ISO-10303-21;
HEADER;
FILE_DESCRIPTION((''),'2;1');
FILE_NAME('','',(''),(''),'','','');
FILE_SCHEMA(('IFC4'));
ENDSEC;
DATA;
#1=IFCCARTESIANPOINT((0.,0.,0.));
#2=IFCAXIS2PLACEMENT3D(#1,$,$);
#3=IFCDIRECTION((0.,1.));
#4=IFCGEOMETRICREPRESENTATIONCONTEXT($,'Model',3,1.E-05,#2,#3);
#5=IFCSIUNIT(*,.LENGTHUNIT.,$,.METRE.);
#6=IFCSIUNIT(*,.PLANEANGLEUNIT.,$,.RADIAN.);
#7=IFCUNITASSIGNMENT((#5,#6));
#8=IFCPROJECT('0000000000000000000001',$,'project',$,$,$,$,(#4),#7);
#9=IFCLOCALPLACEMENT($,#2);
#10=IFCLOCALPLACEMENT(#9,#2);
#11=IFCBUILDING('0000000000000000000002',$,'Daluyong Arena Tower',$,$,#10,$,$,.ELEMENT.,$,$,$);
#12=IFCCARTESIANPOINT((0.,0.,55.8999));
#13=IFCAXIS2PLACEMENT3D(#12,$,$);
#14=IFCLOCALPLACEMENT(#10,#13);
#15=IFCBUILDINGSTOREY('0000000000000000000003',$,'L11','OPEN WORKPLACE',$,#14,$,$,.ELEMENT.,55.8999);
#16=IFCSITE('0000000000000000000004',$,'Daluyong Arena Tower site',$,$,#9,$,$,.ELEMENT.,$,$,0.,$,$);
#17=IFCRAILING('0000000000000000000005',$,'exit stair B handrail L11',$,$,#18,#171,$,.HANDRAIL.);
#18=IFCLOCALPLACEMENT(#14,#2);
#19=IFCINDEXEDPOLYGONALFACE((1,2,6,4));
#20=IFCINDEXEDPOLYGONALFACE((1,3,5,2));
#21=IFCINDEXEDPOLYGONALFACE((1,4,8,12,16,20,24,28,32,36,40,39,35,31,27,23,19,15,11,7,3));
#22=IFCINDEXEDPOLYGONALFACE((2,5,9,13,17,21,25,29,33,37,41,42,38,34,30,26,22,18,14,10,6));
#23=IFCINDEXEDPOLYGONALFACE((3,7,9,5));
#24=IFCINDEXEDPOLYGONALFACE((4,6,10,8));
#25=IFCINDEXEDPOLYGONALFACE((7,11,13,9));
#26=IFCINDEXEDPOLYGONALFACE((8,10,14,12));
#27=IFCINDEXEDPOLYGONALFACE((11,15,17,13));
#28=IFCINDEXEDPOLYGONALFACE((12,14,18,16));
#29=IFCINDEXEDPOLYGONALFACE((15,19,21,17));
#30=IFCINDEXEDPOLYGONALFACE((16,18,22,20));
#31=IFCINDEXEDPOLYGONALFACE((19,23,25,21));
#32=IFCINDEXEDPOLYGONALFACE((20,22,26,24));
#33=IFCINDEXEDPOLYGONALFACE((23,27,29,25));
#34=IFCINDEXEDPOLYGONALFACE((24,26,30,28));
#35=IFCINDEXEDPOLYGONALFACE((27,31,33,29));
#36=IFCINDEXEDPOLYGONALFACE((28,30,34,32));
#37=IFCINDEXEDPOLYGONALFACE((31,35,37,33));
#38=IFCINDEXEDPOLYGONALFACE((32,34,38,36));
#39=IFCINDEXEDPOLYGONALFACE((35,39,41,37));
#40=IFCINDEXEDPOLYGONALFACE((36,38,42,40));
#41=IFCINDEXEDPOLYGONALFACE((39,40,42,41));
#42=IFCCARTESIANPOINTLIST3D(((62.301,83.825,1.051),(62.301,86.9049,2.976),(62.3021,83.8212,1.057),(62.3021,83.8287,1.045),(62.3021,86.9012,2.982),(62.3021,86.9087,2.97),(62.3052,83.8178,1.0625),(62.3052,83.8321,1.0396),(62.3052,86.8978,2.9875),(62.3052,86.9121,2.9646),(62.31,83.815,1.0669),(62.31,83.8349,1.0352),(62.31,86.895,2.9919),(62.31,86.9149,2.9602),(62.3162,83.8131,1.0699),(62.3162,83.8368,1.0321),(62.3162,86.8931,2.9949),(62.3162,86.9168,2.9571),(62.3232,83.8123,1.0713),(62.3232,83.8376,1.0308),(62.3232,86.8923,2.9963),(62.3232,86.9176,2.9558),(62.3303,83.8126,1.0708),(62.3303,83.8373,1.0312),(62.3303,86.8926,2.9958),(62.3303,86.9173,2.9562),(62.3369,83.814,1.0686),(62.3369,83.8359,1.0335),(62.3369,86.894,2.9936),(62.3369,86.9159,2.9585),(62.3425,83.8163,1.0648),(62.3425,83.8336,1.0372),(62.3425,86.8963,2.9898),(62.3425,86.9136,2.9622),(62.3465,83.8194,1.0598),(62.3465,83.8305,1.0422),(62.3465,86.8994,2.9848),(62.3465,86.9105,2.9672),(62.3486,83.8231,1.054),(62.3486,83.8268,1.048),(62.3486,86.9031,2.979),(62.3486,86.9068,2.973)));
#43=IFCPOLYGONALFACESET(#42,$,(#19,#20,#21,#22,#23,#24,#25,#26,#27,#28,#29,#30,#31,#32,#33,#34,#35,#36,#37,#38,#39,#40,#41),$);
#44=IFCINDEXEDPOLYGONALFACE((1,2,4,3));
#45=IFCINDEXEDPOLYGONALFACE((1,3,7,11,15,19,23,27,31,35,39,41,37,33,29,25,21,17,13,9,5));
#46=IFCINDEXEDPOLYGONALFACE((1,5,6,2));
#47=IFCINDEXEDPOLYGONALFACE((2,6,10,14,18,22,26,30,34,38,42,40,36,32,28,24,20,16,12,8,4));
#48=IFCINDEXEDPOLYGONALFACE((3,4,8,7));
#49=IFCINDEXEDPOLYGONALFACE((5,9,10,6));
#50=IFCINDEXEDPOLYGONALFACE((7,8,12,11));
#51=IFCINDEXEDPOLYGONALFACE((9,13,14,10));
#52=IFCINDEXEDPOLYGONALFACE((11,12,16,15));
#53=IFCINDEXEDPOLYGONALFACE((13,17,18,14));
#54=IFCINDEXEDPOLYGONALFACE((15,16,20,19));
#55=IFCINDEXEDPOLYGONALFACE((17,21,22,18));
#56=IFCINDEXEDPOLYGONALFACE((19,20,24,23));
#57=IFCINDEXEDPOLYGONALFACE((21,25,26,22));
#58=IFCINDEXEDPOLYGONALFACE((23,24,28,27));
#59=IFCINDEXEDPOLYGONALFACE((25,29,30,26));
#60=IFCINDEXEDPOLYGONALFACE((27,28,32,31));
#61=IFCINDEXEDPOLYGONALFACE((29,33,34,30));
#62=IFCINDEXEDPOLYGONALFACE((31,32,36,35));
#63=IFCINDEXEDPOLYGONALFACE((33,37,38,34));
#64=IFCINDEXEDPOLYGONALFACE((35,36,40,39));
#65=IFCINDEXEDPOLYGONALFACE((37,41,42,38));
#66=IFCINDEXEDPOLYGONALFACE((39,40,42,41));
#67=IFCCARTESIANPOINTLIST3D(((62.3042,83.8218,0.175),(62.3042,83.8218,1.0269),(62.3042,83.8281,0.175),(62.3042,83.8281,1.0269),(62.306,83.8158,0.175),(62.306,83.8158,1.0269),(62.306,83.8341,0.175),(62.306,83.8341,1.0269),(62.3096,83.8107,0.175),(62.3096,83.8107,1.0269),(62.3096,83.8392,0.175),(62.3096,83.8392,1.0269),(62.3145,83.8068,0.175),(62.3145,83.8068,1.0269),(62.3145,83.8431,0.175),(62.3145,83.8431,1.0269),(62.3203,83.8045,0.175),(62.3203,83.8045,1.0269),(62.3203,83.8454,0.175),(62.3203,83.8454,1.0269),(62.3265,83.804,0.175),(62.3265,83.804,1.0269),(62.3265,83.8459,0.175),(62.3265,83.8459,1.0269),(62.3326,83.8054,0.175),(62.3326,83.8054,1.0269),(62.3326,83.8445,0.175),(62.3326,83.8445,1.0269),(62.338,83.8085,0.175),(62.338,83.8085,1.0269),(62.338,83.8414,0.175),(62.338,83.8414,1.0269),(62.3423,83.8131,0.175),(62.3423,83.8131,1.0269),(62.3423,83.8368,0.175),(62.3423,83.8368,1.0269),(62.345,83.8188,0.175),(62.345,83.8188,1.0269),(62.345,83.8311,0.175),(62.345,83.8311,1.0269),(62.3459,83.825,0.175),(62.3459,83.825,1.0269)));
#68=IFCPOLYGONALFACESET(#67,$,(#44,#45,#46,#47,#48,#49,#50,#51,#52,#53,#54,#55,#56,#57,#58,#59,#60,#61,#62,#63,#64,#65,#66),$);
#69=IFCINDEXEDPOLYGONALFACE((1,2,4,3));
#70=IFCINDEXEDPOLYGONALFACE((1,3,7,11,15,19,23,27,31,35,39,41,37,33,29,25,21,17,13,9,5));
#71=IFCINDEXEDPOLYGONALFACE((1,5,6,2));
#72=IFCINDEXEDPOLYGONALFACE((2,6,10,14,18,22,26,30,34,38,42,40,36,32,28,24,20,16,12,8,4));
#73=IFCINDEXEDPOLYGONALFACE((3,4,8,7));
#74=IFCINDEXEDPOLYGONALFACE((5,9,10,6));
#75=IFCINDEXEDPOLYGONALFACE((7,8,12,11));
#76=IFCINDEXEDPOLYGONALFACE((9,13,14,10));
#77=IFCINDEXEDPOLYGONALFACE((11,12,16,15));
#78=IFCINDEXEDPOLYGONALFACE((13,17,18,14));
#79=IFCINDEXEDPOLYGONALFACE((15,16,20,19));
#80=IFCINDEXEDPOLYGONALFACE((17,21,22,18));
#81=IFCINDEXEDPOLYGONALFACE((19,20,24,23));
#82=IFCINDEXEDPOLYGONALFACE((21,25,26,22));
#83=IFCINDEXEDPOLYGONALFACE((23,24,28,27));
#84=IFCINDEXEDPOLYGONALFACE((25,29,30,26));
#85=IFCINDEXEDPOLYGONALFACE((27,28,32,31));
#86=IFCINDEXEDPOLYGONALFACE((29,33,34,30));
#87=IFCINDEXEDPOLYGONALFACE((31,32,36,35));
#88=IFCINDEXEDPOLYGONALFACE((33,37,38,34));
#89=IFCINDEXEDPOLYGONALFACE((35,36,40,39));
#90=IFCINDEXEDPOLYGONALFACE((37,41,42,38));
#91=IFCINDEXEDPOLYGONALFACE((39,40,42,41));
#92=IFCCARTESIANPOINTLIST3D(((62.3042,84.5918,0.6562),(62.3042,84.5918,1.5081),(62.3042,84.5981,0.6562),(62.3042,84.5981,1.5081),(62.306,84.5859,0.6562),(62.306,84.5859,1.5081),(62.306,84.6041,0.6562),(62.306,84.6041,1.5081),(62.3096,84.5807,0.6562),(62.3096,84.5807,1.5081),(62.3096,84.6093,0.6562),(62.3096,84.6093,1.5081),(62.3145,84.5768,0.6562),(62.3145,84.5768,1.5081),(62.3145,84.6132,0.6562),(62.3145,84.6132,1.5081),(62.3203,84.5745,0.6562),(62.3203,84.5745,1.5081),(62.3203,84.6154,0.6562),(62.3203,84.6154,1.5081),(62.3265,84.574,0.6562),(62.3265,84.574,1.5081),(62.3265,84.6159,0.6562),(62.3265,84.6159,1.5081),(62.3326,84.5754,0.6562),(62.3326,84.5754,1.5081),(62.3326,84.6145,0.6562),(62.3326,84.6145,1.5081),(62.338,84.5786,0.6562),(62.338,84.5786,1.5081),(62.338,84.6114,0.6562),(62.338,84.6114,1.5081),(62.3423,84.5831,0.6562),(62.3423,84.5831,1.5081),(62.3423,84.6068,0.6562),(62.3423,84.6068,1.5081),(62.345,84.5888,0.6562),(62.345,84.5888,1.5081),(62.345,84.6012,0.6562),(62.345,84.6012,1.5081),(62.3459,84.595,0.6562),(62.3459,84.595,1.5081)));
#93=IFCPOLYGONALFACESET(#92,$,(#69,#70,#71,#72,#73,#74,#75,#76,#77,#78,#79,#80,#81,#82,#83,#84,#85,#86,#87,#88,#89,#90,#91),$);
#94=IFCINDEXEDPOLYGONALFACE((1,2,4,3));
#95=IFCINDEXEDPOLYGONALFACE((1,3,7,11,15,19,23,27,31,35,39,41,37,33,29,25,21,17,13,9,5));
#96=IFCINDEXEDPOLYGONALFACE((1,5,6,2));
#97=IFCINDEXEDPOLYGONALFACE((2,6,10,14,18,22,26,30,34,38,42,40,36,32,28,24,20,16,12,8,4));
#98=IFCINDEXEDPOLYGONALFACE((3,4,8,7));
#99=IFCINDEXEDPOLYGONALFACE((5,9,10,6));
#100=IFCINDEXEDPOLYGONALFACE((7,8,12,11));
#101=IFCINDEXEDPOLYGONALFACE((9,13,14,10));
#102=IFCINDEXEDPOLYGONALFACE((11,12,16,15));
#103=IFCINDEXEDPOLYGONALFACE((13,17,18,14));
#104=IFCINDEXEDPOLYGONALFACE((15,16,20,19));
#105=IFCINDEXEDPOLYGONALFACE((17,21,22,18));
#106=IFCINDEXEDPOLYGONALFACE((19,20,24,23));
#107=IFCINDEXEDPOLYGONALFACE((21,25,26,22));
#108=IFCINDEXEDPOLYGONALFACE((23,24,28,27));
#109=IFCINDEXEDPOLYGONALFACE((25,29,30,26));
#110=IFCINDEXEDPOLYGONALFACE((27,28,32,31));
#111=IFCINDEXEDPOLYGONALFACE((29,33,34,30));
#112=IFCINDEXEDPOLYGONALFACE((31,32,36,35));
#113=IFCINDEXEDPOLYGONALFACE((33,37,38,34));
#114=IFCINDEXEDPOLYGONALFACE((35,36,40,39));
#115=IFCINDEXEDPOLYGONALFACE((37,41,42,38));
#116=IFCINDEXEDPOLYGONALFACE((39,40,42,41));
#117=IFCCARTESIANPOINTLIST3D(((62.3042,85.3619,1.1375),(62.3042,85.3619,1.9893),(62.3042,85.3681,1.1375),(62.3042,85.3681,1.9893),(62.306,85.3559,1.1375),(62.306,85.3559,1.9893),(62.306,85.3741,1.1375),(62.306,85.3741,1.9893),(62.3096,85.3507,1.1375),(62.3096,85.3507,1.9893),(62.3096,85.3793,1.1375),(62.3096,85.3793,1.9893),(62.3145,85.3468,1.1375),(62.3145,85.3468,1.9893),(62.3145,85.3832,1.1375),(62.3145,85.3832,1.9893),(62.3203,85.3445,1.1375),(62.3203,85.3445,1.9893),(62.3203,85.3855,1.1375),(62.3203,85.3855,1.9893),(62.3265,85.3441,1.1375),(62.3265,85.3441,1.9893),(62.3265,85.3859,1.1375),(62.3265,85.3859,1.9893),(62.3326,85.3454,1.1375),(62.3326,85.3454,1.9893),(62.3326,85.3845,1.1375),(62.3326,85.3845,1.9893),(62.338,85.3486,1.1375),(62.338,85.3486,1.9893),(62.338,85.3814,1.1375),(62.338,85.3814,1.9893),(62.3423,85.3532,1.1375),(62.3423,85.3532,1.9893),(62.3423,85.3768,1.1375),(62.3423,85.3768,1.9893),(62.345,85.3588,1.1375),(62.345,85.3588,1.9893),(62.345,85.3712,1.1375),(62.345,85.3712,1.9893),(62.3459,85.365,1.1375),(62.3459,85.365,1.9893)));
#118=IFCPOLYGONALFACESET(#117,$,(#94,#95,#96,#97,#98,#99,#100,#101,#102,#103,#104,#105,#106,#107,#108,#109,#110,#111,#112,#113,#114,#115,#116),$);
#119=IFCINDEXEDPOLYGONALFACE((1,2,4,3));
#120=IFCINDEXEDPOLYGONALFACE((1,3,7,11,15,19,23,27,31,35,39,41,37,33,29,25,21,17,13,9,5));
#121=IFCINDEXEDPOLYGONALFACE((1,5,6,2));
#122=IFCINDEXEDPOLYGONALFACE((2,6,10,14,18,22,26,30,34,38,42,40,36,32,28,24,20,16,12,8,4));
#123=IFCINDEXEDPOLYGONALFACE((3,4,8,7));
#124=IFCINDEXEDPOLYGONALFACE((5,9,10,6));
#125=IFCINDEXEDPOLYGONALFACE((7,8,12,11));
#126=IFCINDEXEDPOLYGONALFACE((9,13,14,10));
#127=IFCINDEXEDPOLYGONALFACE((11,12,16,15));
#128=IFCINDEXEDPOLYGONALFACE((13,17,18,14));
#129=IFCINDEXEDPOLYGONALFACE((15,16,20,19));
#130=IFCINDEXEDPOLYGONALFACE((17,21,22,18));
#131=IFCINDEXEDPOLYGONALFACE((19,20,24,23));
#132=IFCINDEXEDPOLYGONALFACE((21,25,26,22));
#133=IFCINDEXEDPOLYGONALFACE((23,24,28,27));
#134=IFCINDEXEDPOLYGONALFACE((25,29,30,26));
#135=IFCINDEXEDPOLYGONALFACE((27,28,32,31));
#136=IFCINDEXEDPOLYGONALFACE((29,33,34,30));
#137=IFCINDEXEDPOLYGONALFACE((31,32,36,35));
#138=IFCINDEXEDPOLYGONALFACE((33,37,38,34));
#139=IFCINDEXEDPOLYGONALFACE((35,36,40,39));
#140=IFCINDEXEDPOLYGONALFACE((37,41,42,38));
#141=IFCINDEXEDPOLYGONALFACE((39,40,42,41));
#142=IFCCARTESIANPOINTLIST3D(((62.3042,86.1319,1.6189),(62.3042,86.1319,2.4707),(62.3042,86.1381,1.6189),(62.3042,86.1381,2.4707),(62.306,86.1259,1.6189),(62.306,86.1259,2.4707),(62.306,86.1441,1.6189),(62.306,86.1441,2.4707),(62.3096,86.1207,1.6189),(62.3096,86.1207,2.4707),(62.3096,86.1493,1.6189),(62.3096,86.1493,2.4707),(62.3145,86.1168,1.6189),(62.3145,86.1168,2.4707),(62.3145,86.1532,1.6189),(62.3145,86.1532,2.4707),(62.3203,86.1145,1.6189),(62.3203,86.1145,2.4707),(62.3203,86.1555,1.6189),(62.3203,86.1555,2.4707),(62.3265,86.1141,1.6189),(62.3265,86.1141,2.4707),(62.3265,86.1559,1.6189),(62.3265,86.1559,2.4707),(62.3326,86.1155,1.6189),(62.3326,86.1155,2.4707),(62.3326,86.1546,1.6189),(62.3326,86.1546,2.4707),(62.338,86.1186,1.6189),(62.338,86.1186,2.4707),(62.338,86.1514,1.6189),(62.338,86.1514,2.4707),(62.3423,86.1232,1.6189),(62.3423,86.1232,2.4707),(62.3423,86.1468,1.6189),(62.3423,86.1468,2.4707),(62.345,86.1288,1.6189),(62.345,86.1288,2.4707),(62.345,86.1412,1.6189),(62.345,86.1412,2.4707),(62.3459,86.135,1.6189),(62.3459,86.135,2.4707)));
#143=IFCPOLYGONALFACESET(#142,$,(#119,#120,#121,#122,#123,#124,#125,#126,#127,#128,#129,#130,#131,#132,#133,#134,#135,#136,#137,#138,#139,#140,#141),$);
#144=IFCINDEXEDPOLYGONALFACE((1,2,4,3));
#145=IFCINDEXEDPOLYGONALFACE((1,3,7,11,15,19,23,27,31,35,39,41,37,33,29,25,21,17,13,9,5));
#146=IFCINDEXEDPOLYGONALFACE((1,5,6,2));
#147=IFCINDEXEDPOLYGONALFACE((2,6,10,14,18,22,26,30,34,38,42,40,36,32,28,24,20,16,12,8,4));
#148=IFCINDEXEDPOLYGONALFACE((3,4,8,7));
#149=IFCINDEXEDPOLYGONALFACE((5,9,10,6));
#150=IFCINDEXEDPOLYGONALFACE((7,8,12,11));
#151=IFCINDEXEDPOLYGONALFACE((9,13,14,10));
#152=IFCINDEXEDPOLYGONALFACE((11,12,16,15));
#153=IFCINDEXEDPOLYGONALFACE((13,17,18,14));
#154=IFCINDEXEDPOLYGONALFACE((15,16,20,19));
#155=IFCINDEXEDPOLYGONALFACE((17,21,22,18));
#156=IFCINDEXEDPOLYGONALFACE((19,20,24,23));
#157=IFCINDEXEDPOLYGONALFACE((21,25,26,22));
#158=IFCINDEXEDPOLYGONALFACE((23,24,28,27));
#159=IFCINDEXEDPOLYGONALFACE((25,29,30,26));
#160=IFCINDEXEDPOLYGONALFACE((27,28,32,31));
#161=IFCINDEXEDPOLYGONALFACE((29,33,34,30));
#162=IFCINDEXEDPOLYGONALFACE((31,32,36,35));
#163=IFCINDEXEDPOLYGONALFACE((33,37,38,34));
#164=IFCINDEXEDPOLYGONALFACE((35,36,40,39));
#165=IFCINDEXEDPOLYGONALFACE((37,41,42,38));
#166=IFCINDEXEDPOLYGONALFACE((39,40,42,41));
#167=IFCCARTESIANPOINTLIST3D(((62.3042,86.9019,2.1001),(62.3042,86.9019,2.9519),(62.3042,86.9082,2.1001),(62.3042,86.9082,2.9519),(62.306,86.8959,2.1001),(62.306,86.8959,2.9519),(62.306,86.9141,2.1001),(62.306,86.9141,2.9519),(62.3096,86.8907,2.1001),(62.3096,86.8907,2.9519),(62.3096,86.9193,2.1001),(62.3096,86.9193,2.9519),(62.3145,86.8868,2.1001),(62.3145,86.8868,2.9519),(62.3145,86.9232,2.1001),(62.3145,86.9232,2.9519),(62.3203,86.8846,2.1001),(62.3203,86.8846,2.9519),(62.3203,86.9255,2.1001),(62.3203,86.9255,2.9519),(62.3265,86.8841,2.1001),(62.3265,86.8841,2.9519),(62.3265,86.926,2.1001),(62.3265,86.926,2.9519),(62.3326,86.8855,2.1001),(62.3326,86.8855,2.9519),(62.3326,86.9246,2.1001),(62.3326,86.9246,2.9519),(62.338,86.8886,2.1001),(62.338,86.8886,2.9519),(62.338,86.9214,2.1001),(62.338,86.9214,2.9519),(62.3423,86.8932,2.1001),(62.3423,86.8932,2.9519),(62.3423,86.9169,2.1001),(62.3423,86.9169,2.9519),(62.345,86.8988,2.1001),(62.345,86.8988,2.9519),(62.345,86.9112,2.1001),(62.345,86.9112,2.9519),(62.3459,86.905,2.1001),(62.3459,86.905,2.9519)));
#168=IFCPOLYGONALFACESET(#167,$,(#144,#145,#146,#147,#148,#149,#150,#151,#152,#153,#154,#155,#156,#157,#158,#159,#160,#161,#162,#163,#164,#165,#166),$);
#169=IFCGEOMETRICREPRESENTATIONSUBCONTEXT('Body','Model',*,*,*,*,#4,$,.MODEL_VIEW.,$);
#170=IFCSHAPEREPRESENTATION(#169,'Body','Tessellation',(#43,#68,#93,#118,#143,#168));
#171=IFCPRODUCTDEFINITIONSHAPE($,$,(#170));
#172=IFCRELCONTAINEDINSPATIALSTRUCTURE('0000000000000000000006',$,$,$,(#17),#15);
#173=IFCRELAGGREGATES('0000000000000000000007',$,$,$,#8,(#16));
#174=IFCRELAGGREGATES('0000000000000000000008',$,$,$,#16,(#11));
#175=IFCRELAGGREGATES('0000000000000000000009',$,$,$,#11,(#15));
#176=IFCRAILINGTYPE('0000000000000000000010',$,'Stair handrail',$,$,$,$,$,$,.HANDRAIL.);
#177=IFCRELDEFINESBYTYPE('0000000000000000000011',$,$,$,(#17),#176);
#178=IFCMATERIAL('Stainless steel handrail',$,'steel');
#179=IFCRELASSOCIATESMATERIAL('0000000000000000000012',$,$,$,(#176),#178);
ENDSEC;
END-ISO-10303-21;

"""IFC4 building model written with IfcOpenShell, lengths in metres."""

from ifc_helpers import new_model, si_unit, direction, frame, origin, origin_2d, place, context, subcontext, project, spatial, circle, extrude, material, type_object, element, save


model = new_model("IFC4")

# Units and contexts
model_context = context("Model", 3, precision=1e-05, world=origin(), true_north=direction((0.0, 1.0)))
body_context = subcontext(model_context, "Body", "Model", "MODEL_VIEW")
ifc_project = project(units=[si_unit("LENGTHUNIT", "METRE"), si_unit("PLANEANGLEUNIT", "RADIAN")], contexts=[model_context])

# Site, building, storey
site_placement = place(None, origin())
site = spatial("IfcSite", under=ifc_project, at=site_placement, Name="Daluyong Arena Tower site", CompositionType="ELEMENT", RefElevation=0.0)
building_placement = place(site_placement, origin())
building = spatial("IfcBuilding", under=site, at=building_placement, Name="Daluyong Arena Tower", CompositionType="ELEMENT")
storey_placement = place(building_placement, frame((0.0, 0.0, 55.8999)))
storey = spatial("IfcBuildingStorey", under=building, at=storey_placement, Name="L11", Description="OPEN WORKPLACE", CompositionType="ELEMENT", Elevation=55.8999)

# Railing
ifc_material_1 = material(Name="Stainless steel handrail", Category="steel")
railing_type_1 = type_object("IfcRailingType", Name="Stair handrail", PredefinedType="HANDRAIL", material=ifc_material_1)
railing_1_placement = place(storey_placement, frame((62.325, 83.825, 0.175)))
element("IfcRailing", 1, at=railing_1_placement, inside=storey, type_object=railing_type_1, Name="exit stair B handrail L11", PredefinedType="HANDRAIL", context=body_context, shape_type="SweptSolid", body=[
    extrude(circle(Radius=0.0239, at=origin_2d()), frame((0.0, 0.0, 0.876), z_axis=(0.0, 0.847998, 0.529999), x_axis=(-1.0, 0.0, 0.0)), (0.0, 0.0, 1.0), 3.6321),
    extrude(circle(Radius=0.021, at=origin_2d()), origin(), (0.0, 0.0, 1.0), 0.8518),
    extrude(circle(Radius=0.021, at=origin_2d()), frame((0.0, 0.77, 0.4812)), (0.0, 0.0, 1.0), 0.8518),
    extrude(circle(Radius=0.021, at=origin_2d()), frame((0.0, 1.54, 0.9624)), (0.0, 0.0, 1.0), 0.8518),
    extrude(circle(Radius=0.021, at=origin_2d()), frame((0.0, 2.3101, 1.4438)), (0.0, 0.0, 1.0), 0.8518),
    extrude(circle(Radius=0.021, at=origin_2d()), frame((0.0, 3.0801, 1.925)), (0.0, 0.0, 1.0), 0.8518),
])

save(model, "model.ifc")
